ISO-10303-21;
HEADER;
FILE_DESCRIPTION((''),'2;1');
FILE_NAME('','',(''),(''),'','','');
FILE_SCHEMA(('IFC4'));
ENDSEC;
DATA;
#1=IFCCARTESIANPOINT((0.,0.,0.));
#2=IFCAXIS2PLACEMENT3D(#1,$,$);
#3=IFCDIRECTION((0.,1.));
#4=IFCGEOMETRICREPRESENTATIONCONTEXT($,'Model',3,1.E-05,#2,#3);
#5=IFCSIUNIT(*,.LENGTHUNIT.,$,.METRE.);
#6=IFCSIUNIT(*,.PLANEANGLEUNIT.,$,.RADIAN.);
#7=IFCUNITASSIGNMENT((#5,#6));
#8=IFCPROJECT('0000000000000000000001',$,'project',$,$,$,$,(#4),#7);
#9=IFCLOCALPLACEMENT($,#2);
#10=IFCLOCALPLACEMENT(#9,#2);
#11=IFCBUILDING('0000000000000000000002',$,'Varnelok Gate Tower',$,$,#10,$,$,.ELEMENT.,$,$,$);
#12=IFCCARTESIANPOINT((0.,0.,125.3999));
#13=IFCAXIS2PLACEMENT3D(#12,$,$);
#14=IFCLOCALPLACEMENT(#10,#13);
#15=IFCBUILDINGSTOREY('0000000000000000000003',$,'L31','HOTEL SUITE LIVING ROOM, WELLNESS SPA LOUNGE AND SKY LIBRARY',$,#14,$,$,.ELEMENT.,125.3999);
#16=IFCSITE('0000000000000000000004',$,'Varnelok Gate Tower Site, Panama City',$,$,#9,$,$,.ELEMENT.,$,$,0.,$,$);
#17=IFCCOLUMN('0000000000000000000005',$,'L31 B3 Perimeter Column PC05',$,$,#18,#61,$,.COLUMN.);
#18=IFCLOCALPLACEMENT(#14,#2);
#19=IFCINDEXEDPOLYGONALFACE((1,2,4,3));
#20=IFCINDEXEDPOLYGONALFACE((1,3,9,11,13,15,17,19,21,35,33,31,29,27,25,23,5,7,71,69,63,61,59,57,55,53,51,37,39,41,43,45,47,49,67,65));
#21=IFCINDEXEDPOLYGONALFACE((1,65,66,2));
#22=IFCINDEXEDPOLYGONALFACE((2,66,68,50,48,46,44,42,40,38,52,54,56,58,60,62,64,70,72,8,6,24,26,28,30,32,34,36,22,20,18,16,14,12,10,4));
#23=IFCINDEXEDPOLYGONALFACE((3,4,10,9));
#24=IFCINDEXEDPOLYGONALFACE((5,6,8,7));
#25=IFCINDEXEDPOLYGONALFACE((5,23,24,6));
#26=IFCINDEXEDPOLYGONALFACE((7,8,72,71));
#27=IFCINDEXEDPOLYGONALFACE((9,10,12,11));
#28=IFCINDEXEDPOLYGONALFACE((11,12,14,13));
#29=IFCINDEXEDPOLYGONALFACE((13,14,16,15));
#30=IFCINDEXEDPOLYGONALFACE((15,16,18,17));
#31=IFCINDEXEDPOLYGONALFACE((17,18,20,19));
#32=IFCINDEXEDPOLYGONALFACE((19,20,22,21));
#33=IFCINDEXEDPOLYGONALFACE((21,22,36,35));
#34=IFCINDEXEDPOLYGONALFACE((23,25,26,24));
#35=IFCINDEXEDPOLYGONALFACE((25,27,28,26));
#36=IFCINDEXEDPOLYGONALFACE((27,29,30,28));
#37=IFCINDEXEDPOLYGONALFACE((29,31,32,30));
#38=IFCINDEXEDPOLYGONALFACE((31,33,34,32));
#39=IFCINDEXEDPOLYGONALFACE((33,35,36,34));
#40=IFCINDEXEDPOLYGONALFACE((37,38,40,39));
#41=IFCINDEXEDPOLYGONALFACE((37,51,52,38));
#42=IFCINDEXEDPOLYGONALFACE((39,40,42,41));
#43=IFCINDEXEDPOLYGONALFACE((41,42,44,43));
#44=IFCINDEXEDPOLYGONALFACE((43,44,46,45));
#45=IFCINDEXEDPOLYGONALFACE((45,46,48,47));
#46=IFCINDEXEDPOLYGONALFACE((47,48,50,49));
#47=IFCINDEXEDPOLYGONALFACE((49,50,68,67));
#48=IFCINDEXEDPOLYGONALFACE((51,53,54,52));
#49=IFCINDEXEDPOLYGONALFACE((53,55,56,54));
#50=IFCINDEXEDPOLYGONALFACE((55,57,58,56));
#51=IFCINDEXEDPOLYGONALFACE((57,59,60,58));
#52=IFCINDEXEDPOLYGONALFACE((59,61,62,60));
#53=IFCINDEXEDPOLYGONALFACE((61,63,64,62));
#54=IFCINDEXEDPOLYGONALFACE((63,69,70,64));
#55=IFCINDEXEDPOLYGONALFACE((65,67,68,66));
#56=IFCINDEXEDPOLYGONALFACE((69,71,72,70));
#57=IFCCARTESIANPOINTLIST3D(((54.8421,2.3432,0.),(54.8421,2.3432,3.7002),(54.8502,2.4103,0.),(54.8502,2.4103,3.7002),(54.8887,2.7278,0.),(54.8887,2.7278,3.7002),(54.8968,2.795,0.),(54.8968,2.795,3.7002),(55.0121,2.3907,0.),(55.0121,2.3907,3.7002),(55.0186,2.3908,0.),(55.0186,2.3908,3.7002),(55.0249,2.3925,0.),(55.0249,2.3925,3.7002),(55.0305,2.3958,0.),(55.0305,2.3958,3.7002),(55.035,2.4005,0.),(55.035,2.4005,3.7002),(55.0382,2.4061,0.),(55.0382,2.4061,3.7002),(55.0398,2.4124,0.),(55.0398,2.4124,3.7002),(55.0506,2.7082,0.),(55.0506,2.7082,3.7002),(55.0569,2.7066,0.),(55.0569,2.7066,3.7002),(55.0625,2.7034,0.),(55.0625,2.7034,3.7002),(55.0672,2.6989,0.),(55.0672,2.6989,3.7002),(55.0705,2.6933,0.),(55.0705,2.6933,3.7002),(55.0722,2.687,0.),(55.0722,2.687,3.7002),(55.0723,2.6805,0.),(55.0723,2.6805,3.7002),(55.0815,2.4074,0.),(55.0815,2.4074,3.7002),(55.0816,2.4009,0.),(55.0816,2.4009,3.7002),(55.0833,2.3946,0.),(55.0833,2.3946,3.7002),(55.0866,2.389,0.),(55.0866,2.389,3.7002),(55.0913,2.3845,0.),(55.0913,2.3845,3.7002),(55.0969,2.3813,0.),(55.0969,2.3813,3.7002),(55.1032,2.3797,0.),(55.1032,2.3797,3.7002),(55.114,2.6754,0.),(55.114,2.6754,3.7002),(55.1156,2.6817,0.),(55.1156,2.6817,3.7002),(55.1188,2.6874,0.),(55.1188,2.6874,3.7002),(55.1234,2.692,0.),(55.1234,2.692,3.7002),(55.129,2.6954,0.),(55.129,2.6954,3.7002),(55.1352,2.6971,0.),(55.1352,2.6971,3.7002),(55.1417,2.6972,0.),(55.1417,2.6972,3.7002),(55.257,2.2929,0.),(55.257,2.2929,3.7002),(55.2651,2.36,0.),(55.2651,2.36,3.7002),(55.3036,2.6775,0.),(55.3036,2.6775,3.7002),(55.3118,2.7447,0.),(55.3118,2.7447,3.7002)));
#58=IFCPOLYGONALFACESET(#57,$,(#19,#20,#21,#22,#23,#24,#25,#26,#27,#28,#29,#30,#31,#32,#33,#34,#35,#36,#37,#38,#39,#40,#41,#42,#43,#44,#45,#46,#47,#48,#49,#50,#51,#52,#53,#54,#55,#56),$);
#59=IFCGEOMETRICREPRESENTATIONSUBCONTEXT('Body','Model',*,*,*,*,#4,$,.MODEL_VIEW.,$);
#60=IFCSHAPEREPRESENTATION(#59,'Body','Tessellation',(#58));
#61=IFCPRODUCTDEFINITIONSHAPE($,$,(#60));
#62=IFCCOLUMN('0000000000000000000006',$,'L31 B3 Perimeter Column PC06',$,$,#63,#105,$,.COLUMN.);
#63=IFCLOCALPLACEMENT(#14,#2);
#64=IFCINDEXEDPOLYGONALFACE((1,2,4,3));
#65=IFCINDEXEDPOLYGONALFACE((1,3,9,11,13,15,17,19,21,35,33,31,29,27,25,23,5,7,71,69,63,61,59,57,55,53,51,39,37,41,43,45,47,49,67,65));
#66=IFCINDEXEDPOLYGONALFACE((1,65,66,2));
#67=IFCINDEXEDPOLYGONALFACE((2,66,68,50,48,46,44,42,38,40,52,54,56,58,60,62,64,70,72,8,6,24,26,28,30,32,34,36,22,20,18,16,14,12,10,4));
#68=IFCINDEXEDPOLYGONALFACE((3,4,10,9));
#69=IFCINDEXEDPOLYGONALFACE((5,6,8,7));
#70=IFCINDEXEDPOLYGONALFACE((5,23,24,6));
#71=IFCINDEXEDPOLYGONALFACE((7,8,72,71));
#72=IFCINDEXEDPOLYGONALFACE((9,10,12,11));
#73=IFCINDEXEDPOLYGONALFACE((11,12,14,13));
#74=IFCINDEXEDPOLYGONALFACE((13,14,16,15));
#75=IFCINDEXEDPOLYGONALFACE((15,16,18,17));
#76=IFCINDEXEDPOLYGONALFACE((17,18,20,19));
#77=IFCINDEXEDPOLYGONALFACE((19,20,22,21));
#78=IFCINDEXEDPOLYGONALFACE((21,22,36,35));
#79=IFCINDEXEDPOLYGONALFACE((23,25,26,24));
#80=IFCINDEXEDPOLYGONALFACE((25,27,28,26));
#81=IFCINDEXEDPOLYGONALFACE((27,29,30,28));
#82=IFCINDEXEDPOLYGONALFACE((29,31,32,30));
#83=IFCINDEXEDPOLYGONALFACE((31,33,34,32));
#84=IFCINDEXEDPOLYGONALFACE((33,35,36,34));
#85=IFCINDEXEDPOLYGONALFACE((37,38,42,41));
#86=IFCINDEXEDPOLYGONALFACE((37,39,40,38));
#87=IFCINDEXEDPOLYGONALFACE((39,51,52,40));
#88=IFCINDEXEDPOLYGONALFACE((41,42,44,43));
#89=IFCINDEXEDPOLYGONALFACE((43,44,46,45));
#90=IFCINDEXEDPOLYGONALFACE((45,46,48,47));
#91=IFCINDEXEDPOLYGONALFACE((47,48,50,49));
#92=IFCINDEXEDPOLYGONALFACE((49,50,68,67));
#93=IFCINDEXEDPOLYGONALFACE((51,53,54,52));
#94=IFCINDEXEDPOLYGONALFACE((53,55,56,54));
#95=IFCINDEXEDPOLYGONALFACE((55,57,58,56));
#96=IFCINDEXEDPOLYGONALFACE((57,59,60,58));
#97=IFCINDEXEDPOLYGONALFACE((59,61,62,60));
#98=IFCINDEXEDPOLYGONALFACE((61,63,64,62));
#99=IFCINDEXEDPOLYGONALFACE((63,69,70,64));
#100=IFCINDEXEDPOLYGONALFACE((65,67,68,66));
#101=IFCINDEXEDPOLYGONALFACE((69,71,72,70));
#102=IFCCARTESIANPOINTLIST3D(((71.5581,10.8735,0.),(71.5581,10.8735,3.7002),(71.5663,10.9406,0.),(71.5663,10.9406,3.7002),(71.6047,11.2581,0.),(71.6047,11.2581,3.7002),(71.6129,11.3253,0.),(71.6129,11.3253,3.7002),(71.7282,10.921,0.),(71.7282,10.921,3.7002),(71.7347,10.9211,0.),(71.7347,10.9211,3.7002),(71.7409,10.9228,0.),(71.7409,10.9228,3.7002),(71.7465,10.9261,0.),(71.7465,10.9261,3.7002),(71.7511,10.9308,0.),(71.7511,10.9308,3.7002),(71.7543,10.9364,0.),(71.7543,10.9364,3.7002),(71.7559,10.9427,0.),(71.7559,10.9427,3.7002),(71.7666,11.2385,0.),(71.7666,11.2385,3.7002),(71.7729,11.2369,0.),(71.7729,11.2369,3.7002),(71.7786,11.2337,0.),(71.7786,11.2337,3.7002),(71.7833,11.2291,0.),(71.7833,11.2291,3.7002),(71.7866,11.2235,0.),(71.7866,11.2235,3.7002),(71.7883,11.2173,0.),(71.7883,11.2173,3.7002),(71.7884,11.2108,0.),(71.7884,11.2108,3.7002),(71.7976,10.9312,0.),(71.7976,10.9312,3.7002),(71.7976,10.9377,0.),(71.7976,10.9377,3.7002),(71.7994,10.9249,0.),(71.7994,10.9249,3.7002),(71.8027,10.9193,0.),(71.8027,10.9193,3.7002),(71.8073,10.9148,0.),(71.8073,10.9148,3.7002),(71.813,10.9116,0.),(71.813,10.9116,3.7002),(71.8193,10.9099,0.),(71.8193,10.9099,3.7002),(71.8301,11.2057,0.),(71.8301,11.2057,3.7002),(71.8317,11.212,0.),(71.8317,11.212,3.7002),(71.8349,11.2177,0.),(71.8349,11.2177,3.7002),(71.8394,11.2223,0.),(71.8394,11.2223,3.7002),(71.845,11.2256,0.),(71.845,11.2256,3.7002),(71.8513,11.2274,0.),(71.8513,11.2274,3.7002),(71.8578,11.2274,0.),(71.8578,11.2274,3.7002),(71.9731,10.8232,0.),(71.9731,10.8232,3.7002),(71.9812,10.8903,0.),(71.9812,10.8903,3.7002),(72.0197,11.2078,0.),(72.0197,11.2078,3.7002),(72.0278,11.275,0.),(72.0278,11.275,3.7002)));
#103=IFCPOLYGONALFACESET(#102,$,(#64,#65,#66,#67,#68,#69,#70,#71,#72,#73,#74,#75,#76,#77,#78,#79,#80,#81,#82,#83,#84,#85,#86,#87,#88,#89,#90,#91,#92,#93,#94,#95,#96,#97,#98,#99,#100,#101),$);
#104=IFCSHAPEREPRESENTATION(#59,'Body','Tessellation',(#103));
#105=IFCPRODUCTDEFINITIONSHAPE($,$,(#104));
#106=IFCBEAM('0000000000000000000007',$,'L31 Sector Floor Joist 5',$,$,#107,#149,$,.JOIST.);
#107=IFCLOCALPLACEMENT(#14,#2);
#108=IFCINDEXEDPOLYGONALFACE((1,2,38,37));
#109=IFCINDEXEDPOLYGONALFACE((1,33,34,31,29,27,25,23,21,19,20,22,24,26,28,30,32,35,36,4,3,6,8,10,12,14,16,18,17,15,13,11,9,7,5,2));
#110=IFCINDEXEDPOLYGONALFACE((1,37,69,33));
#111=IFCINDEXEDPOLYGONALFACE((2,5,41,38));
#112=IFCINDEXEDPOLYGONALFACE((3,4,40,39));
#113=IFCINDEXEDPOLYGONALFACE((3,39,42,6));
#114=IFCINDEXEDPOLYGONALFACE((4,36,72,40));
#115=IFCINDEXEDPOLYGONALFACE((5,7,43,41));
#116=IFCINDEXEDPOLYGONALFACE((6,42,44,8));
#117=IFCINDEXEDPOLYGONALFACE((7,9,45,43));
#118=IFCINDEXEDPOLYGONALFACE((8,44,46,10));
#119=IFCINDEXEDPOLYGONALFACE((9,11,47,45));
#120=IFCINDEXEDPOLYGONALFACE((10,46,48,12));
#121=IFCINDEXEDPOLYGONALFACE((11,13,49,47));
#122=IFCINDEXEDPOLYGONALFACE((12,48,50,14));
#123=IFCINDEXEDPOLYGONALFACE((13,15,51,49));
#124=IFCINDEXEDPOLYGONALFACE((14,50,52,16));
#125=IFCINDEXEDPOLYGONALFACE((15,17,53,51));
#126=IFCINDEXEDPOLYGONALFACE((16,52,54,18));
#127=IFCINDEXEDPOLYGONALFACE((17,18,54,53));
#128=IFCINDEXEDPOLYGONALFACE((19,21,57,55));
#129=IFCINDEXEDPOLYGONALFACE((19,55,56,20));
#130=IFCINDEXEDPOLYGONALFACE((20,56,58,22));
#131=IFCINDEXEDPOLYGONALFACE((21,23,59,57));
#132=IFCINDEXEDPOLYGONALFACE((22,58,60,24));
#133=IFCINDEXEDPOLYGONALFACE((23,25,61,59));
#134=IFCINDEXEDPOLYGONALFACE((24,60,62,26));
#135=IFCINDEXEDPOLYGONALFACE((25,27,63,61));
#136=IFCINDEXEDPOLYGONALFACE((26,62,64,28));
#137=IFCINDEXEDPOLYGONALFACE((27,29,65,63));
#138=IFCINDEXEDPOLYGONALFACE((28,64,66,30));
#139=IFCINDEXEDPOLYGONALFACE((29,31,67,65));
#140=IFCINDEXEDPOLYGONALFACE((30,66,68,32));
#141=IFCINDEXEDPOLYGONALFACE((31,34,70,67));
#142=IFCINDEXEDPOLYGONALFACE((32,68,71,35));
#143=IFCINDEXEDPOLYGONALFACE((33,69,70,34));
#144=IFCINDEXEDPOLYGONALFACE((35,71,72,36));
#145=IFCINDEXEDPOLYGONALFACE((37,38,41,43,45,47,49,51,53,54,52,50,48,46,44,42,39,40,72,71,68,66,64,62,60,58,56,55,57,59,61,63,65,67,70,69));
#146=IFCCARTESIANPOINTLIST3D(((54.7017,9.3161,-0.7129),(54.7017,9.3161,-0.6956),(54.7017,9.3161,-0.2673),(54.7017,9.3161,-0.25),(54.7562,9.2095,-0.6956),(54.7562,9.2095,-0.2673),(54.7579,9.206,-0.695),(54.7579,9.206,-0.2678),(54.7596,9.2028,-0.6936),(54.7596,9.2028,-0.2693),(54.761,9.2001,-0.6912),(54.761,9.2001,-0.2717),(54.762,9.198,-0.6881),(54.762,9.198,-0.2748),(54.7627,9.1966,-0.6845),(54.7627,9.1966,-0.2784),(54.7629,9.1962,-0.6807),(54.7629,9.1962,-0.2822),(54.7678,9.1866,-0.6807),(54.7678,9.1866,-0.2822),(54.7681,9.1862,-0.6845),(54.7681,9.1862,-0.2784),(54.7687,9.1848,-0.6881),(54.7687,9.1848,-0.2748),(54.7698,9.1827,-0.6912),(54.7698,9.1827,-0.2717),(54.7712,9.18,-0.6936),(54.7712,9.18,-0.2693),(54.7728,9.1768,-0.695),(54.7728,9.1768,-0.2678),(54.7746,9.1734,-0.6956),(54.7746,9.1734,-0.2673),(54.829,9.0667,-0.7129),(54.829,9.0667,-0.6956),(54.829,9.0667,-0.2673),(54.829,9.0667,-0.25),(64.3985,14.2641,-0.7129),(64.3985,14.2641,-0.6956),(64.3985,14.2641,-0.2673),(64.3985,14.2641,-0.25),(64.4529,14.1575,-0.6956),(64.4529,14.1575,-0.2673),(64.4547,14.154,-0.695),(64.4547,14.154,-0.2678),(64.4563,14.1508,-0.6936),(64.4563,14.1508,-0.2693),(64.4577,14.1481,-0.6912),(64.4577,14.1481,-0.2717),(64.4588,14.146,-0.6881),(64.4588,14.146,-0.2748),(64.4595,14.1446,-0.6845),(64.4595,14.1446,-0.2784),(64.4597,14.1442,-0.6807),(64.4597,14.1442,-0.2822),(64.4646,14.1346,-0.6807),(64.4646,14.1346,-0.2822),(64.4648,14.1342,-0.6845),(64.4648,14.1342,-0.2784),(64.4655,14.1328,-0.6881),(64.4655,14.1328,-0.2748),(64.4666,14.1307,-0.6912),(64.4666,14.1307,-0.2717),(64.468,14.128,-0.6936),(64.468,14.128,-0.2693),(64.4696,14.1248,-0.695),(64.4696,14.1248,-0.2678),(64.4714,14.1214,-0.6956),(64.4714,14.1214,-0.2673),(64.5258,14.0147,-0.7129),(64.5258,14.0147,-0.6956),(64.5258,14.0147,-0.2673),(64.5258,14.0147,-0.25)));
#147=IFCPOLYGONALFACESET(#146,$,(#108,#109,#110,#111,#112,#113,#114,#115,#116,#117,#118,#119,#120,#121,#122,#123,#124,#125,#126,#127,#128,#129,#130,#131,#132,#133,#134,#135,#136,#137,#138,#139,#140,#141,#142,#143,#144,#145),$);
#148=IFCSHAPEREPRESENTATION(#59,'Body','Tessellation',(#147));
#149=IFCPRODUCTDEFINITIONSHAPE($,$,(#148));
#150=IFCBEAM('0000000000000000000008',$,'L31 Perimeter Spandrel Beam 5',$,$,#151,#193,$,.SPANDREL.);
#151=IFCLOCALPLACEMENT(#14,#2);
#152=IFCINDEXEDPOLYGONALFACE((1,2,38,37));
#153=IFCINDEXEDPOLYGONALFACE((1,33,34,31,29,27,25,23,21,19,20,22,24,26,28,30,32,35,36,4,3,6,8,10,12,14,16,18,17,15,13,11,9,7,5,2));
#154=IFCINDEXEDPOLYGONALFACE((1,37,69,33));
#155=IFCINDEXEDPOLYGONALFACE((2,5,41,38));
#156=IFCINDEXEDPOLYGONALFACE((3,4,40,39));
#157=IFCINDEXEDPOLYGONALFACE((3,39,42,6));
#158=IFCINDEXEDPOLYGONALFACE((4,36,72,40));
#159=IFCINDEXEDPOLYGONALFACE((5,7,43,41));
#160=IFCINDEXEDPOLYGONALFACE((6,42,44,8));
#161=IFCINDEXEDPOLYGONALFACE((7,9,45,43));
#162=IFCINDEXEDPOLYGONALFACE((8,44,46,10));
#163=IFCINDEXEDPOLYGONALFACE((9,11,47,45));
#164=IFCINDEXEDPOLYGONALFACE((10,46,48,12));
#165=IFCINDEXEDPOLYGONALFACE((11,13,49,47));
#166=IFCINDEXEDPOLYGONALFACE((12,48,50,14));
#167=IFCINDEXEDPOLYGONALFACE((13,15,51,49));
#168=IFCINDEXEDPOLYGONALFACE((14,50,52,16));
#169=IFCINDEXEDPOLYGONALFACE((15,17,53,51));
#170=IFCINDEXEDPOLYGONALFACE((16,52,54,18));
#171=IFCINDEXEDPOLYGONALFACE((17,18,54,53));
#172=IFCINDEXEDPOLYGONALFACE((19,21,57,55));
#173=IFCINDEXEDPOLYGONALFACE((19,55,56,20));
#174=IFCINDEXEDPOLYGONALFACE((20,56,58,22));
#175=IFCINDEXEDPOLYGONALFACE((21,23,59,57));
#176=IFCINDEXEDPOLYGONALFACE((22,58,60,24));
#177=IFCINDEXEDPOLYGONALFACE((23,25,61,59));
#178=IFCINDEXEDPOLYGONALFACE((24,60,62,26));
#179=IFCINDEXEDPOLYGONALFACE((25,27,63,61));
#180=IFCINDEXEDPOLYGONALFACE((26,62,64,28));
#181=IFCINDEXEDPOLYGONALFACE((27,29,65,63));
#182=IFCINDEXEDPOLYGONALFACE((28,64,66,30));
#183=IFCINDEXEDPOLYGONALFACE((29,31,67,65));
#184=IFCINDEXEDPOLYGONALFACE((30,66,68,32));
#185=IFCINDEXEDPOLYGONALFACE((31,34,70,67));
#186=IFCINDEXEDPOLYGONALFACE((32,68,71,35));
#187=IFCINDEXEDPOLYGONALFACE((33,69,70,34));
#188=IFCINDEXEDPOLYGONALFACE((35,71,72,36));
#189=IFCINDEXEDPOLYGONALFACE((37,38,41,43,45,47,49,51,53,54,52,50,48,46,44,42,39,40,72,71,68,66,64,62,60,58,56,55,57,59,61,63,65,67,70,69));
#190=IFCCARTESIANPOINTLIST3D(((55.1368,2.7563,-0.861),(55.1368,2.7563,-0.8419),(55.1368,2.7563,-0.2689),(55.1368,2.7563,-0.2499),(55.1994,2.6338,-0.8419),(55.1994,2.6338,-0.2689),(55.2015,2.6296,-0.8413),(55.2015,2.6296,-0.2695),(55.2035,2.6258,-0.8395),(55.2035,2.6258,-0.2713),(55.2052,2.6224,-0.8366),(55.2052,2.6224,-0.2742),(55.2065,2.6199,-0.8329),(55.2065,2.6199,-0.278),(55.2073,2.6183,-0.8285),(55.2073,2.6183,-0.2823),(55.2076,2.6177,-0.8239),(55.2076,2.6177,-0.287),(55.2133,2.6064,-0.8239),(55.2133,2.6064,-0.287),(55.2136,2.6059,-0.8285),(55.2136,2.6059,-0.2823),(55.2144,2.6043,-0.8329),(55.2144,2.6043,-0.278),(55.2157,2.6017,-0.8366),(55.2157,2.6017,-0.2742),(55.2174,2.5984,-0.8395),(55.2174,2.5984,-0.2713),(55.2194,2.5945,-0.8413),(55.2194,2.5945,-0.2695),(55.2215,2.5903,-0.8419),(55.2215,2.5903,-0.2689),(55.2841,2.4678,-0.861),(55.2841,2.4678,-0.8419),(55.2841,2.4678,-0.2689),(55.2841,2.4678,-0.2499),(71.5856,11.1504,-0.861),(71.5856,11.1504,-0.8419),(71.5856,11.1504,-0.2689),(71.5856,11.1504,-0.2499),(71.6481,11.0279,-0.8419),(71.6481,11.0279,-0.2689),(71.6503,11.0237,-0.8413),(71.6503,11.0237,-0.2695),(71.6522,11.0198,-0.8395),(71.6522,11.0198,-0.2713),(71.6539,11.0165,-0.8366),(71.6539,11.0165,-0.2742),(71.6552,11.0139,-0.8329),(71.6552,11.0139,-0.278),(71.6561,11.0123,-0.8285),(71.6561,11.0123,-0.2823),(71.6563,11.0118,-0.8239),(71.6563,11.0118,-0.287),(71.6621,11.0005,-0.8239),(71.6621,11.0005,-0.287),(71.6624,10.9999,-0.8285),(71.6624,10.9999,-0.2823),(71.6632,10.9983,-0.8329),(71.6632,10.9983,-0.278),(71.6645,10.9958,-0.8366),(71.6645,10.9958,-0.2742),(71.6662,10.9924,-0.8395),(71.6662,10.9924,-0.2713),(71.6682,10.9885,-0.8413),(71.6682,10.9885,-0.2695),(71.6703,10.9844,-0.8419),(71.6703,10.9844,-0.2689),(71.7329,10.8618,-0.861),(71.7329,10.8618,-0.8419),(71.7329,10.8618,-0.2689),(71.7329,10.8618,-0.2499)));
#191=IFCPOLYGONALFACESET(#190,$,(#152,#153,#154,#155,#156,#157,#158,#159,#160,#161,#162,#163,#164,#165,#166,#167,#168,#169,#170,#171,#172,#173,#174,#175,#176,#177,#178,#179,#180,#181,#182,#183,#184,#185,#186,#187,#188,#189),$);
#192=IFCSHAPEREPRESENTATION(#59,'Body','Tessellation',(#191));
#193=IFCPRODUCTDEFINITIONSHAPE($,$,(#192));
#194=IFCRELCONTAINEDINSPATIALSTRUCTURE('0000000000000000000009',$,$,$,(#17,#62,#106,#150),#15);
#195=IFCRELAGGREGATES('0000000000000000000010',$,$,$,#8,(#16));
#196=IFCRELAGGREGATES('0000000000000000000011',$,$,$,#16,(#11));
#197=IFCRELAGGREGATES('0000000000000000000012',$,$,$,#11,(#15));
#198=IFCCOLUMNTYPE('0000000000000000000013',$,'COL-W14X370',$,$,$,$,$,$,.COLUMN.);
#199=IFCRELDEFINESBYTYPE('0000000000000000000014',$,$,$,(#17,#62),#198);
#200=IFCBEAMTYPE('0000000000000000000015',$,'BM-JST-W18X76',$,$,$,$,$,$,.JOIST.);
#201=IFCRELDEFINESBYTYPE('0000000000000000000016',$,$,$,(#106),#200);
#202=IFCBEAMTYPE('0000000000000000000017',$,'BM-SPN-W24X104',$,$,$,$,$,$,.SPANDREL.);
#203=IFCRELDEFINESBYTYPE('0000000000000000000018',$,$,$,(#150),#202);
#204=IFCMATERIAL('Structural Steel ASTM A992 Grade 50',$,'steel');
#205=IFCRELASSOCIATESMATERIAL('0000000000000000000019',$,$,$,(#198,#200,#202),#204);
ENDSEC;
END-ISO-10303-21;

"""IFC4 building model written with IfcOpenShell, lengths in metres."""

from ifc_helpers import new_model, si_unit, direction, frame, origin, origin_2d, place, context, subcontext, project, spatial, i_section, extrude, material, material_profile, profile_set, type_object, element, save


model = new_model("IFC4")

# Units and contexts
model_context = context("Model", 3, precision=1e-05, world=origin(), true_north=direction((0.0, 1.0)))
body_context = subcontext(model_context, "Body", "Model", "MODEL_VIEW")
ifc_project = project(units=[si_unit("LENGTHUNIT", "METRE"), si_unit("PLANEANGLEUNIT", "RADIAN")], contexts=[model_context])

# Site, building, storey
site_placement = place(None, origin())
site = spatial("IfcSite", under=ifc_project, at=site_placement, Name="Varnelok Gate Tower Site, Panama City", CompositionType="ELEMENT", RefElevation=0.0)
building_placement = place(site_placement, origin())
building = spatial("IfcBuilding", under=site, at=building_placement, Name="Varnelok Gate Tower", CompositionType="ELEMENT")
storey_placement = place(building_placement, frame((0.0, 0.0, 125.3999)))
storey = spatial("IfcBuildingStorey", under=building, at=storey_placement, Name="L31", Description="HOTEL SUITE LIVING ROOM, WELLNESS SPA LOUNGE AND SKY LIBRARY", CompositionType="ELEMENT", Elevation=125.3999)

# Columns
ifc_material_1 = material(Name="Structural Steel ASTM A992 Grade 50", Category="steel")
ifc_material_profile_1 = material_profile(ifc_material_1, i_section(OverallWidth=0.418, OverallDepth=0.4551, WebThickness=0.042, FlangeThickness=0.0676, FilletRadius=0.0249, at=origin_2d()), Name="W14X370")
ifc_profile_set_1 = profile_set([ifc_material_profile_1], Name="Structural Steel ASTM A992 Grade 50")
column_type = type_object("IfcColumnType", Name="COL-W14X370", PredefinedType="COLUMN", material=ifc_profile_set_1)
for number, where, z_axis, x_axis, name in (
    (1, (55.0769, 2.5439, 0.0), (0.0, 0.0, 1.0), (0.992732, -0.120345, 0.0), "L31 B3 Perimeter Column PC05"),
    (2, (71.793, 11.0742, 0.0), (0.0, 0.0, 1.0), (0.992732, -0.120345, 0.0), "L31 B3 Perimeter Column PC06"),
):
    element("IfcColumn", number, at=place(storey_placement, frame(where, z_axis=z_axis, x_axis=x_axis)), inside=storey, type_object=column_type, Name=name, PredefinedType="COLUMN", context=body_context, shape_type="SweptSolid", body=[
        extrude(i_section(OverallWidth=0.418, OverallDepth=0.4551, WebThickness=0.042, FlangeThickness=0.0676, FilletRadius=0.0249, at=origin_2d()), origin(), (0.0, 0.0, 1.0), 3.7002),
    ])

# Beams
ifc_material_profile_2 = material_profile(ifc_material_1, i_section(OverallWidth=0.28, OverallDepth=0.4629, WebThickness=0.0107, FlangeThickness=0.0173, FilletRadius=0.0149, at=origin_2d()), Name="W18X76")
ifc_profile_set_2 = profile_set([ifc_material_profile_2], Name="Structural Steel ASTM A992 Grade 50")
beam_type_1 = type_object("IfcBeamType", Name="BM-JST-W18X76", PredefinedType="JOIST", material=ifc_profile_set_2)
beam_1_placement = place(storey_placement, frame((54.7654, 9.1914, -0.4814), z_axis=(0.890737, 0.454519, 0.0), x_axis=(-0.454519, 0.890737, 0.0)))
element("IfcBeam", 3, at=beam_1_placement, inside=storey, type_object=beam_type_1, Name="L31 Sector Floor Joist 5", PredefinedType="JOIST", context=body_context, shape_type="SweptSolid", body=[
    extrude(i_section(OverallWidth=0.28, OverallDepth=0.4629, WebThickness=0.0107, FlangeThickness=0.0173, FilletRadius=0.0149, at=origin_2d()), origin(), (0.0, 0.0, 1.0), 10.8862),
])
ifc_material_profile_3 = material_profile(ifc_material_1, i_section(OverallWidth=0.324, OverallDepth=0.6111, WebThickness=0.0127, FlangeThickness=0.019, FilletRadius=0.0181, at=origin_2d()), Name="W24X104")
ifc_profile_set_3 = profile_set([ifc_material_profile_3], Name="Structural Steel ASTM A992 Grade 50")
beam_type_2 = type_object("IfcBeamType", Name="BM-SPN-W24X104", PredefinedType="SPANDREL", material=ifc_profile_set_3)
beam_2_placement = place(storey_placement, frame((55.2104, 2.6121, -0.5554), z_axis=(0.890722, 0.454549, 0.0), x_axis=(-0.454549, 0.890722, 0.0)))
element("IfcBeam", 4, at=beam_2_placement, inside=storey, type_object=beam_type_2, Name="L31 Perimeter Spandrel Beam 5", PredefinedType="SPANDREL", context=body_context, shape_type="SweptSolid", body=[
    extrude(i_section(OverallWidth=0.324, OverallDepth=0.6111, WebThickness=0.0127, FlangeThickness=0.019, FilletRadius=0.0181, at=origin_2d()), origin(), (0.0, 0.0, 1.0), 18.4668),
])

save(model, "model.ifc")
